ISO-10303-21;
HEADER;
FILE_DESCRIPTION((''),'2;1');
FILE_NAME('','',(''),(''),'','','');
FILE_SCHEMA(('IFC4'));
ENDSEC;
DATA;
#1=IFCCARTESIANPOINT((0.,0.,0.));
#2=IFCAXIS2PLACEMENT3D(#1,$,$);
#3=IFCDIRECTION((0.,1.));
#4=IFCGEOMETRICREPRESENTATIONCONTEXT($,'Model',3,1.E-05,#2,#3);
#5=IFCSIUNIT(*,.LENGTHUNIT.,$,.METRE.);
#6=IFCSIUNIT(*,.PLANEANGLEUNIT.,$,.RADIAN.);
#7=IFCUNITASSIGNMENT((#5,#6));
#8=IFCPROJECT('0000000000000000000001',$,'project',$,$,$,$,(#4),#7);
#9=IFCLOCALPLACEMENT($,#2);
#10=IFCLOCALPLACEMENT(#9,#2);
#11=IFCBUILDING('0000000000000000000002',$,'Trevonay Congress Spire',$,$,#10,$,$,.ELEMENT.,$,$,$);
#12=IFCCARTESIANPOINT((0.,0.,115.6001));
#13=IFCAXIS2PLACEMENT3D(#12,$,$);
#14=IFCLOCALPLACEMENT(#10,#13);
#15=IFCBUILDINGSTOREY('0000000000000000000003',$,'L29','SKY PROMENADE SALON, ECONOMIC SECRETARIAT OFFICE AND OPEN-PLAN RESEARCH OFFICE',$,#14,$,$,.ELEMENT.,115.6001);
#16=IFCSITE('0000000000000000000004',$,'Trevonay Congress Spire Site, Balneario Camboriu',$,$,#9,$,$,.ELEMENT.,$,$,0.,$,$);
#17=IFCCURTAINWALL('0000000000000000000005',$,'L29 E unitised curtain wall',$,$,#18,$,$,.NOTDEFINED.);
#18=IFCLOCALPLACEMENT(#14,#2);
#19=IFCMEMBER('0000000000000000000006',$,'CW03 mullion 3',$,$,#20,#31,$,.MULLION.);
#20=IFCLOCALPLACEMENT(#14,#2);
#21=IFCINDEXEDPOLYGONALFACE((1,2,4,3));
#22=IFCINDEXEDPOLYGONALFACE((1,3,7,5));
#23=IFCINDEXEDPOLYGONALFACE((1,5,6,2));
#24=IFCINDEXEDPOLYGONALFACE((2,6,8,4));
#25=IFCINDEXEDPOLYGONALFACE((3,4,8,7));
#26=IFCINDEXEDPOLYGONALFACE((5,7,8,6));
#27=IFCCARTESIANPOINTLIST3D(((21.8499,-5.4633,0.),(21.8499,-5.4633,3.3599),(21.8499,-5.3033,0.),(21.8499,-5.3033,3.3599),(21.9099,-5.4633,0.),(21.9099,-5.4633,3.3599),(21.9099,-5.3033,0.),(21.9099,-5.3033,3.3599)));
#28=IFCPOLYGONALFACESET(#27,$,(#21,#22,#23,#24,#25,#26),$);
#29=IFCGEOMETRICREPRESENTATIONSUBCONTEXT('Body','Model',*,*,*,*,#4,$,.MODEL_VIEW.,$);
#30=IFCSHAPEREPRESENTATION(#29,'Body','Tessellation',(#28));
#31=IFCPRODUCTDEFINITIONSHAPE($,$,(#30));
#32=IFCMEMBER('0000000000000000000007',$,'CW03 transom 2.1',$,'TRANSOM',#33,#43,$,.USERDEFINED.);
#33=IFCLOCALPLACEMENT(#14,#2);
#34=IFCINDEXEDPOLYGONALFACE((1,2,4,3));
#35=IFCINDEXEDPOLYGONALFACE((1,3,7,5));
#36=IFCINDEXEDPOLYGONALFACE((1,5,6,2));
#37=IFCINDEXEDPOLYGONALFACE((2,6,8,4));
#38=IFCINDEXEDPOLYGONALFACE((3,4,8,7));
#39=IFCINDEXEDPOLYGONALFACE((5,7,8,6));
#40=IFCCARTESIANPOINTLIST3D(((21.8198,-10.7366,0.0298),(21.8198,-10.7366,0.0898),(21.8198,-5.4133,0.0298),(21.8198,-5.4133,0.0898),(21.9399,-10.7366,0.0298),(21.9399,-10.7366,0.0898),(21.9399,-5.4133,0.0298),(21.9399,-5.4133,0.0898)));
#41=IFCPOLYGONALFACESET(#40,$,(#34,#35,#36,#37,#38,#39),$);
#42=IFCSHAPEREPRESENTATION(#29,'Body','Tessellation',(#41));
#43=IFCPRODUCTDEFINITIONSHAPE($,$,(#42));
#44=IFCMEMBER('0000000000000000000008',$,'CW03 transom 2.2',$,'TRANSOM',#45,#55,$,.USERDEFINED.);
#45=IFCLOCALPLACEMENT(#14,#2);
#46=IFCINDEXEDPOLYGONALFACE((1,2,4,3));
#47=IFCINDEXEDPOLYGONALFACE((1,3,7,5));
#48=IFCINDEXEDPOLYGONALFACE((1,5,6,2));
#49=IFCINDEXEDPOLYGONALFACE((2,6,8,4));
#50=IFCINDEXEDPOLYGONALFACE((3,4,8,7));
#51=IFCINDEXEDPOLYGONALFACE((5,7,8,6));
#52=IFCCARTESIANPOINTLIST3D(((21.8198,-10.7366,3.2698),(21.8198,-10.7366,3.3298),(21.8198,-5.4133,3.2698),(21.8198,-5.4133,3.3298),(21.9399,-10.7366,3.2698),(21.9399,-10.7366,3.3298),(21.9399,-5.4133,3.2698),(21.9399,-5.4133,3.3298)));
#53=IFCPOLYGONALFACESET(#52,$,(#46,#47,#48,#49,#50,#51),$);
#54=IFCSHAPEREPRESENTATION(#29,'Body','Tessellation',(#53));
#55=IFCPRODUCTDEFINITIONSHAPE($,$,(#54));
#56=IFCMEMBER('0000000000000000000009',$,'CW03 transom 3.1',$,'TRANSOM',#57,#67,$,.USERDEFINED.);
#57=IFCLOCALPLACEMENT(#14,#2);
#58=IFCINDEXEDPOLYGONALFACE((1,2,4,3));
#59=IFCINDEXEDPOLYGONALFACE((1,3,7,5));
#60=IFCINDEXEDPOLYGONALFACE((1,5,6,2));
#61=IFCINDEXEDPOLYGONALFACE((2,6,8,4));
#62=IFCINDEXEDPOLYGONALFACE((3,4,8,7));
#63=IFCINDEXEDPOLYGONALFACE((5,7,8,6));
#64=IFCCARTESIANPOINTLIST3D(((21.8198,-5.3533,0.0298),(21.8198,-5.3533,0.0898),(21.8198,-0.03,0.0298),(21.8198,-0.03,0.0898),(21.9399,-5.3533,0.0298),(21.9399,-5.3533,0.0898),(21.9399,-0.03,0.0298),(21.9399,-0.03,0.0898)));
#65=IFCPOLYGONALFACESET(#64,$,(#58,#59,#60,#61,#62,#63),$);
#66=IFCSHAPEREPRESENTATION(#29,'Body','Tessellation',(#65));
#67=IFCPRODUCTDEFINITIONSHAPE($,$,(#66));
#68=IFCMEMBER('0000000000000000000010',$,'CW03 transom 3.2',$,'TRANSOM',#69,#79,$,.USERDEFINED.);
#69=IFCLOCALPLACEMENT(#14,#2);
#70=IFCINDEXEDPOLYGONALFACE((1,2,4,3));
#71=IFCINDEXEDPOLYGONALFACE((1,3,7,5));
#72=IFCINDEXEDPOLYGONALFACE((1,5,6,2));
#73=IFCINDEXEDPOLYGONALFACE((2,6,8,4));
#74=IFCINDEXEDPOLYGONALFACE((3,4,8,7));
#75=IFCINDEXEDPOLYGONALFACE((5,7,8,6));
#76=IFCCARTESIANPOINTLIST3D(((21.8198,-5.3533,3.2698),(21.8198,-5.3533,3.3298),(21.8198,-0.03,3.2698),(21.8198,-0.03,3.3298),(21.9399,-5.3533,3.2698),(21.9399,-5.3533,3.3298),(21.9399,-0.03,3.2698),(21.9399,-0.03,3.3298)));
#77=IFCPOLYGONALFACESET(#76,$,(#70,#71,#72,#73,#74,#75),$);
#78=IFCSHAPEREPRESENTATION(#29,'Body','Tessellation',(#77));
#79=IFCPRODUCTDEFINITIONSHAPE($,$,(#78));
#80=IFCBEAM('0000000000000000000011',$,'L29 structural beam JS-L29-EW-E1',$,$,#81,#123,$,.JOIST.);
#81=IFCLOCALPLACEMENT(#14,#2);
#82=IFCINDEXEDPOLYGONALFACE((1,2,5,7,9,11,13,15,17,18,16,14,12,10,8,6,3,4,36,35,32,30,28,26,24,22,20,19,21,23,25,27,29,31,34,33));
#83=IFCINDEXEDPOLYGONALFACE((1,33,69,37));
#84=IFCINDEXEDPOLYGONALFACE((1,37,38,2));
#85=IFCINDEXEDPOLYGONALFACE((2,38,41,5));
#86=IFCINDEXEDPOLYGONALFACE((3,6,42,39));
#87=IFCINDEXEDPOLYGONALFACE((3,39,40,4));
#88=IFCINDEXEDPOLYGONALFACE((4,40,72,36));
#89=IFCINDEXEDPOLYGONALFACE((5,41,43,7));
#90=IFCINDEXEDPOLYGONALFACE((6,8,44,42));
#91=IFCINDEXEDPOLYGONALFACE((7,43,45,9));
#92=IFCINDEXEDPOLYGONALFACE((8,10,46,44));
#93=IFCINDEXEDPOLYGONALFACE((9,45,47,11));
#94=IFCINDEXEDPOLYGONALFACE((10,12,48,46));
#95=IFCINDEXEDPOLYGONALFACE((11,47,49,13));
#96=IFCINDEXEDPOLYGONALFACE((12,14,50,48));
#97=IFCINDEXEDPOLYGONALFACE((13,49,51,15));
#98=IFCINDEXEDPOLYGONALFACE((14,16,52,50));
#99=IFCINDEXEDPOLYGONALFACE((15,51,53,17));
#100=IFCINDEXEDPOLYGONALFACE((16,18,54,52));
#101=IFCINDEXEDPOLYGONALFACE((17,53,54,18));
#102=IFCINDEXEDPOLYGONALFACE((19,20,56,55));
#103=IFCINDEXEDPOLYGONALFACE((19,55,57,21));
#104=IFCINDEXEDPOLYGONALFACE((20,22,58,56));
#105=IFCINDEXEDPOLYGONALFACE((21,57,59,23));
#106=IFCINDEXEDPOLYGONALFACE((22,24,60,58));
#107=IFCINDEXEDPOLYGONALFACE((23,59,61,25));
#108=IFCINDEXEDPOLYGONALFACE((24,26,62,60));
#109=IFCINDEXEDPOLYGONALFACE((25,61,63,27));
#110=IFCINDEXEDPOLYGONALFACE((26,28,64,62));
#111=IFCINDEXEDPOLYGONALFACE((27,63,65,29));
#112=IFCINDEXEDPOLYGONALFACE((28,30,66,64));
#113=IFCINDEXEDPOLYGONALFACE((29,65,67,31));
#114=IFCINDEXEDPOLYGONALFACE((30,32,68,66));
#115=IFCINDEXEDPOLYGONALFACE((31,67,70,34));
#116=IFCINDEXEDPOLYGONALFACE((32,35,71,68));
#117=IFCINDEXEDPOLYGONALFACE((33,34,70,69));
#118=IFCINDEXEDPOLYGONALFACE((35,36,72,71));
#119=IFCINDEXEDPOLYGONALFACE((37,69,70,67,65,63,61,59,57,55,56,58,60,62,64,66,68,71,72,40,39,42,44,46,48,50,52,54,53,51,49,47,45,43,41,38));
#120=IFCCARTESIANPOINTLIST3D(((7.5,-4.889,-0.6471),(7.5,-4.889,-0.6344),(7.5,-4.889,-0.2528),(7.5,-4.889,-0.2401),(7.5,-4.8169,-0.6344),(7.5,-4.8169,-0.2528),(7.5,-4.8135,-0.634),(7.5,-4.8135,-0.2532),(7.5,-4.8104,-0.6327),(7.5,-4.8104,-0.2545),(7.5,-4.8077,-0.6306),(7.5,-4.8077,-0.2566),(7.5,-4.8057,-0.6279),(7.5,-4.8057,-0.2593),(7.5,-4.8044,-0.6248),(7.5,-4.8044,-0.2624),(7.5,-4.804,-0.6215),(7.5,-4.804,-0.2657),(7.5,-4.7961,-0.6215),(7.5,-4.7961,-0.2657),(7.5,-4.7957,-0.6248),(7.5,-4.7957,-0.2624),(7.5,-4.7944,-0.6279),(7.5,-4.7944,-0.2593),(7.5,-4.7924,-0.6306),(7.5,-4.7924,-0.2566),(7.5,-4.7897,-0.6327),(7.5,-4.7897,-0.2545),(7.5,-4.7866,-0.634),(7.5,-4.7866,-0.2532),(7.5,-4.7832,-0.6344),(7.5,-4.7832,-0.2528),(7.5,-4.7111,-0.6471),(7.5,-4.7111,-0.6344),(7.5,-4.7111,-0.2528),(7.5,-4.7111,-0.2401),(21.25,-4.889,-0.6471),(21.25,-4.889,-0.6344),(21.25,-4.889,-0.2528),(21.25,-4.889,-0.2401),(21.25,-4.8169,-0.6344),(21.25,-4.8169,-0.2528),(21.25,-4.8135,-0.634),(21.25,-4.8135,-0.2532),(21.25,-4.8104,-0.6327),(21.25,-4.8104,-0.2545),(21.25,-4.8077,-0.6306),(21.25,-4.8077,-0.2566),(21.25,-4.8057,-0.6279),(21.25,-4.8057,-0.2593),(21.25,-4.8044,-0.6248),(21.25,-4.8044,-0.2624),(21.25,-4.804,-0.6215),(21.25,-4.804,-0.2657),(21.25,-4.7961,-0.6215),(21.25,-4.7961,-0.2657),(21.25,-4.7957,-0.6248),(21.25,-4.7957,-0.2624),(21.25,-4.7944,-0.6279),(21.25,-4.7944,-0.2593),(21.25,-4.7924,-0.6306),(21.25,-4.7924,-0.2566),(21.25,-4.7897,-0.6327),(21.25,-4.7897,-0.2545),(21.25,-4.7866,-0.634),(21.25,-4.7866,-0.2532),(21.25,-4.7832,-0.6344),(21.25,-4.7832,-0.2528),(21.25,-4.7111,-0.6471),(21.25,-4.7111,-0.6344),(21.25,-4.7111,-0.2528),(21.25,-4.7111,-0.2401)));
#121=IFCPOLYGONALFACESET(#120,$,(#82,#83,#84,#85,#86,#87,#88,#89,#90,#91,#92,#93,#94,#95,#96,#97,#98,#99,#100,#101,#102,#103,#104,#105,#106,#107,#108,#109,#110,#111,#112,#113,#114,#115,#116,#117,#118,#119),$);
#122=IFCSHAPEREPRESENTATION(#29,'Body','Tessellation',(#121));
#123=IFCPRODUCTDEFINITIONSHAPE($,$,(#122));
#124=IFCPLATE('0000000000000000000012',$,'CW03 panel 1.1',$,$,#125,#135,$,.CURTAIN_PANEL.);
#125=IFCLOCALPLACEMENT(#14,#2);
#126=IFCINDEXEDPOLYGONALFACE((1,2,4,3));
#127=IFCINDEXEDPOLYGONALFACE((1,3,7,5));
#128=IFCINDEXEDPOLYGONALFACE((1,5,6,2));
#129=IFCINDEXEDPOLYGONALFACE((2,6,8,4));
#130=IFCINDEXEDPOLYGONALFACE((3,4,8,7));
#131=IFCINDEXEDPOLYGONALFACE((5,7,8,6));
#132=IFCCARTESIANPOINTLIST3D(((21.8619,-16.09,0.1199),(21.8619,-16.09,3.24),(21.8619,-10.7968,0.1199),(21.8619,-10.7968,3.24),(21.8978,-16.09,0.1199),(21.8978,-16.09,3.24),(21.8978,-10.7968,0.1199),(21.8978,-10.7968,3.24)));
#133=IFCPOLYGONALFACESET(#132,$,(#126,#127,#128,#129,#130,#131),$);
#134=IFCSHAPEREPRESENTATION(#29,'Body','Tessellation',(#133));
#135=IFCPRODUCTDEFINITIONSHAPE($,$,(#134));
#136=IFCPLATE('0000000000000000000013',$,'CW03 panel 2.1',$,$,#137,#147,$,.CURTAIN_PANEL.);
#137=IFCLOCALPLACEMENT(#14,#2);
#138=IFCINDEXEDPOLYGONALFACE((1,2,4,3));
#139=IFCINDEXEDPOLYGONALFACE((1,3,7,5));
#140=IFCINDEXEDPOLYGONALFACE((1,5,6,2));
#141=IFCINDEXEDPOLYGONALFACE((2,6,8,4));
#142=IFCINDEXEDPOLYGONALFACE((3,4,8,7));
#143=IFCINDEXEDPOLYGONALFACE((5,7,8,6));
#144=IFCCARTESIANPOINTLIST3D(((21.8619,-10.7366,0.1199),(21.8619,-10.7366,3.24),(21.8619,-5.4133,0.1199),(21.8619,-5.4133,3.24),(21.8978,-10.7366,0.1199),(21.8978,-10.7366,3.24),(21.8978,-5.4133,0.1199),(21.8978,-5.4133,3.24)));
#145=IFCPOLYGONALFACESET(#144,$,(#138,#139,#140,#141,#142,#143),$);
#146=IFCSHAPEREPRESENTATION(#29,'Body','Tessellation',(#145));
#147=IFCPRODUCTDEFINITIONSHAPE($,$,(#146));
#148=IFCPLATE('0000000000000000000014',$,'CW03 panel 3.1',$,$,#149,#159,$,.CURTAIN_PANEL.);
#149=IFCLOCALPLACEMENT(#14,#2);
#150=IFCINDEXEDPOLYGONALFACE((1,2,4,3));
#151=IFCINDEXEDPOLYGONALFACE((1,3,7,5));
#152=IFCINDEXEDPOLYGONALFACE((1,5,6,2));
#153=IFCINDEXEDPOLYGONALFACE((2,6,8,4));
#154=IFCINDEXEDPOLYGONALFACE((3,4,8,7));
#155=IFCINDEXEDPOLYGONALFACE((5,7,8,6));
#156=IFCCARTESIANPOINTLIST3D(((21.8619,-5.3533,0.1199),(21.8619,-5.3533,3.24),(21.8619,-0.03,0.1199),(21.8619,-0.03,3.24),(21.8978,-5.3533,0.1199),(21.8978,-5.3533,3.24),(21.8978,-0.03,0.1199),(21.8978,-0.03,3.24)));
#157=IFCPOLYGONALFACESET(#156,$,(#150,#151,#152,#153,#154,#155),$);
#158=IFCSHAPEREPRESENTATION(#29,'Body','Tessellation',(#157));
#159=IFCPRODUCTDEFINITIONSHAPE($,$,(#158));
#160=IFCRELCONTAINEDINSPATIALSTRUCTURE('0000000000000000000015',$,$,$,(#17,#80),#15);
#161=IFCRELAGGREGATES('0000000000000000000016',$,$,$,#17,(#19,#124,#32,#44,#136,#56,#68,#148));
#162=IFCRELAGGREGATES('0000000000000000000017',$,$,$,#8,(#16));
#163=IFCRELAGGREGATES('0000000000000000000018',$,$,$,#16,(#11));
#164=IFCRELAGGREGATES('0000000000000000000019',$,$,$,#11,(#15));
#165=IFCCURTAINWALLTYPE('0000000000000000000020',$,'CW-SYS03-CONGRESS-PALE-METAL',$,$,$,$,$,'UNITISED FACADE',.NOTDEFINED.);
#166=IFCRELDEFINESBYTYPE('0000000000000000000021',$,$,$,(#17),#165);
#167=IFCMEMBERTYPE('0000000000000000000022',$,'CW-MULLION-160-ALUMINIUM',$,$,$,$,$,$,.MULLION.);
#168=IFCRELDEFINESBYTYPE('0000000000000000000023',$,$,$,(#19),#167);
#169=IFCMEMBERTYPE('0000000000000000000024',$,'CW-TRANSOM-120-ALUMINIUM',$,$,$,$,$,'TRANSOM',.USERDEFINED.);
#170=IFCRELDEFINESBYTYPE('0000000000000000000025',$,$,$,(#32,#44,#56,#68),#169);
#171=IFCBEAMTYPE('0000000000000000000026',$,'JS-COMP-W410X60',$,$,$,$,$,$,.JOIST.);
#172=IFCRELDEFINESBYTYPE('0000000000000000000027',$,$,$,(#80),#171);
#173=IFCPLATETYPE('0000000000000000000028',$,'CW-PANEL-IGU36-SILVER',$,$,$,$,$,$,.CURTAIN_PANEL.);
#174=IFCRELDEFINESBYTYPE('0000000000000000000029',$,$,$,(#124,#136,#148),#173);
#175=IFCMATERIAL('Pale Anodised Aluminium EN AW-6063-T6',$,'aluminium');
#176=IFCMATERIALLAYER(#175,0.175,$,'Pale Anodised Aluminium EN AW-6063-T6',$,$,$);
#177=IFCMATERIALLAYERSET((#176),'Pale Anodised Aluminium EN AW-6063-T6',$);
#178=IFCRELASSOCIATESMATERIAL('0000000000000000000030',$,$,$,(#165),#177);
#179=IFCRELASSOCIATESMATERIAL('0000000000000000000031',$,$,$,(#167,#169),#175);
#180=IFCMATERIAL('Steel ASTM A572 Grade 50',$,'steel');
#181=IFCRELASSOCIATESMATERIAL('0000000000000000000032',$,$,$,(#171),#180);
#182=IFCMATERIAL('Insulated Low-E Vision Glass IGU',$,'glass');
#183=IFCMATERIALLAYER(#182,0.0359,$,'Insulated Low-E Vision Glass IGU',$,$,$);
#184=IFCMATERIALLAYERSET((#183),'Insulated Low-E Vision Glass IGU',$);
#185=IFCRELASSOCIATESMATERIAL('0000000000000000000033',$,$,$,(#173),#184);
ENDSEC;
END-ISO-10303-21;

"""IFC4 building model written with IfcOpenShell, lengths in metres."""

from ifc_helpers import new_model, si_unit, direction, frame, origin, origin_2d, place, context, subcontext, project, spatial, rectangle, i_section, extrude, material, layer, layer_set, material_profile, profile_set, type_object, element, aggregate, save


model = new_model("IFC4")

# Units and contexts
model_context = context("Model", 3, precision=1e-05, world=origin(), true_north=direction((0.0, 1.0)))
body_context = subcontext(model_context, "Body", "Model", "MODEL_VIEW")
ifc_project = project(units=[si_unit("LENGTHUNIT", "METRE"), si_unit("PLANEANGLEUNIT", "RADIAN")], contexts=[model_context])

# Site, building, storey
site_placement = place(None, origin())
site = spatial("IfcSite", under=ifc_project, at=site_placement, Name="Trevonay Congress Spire Site, Balneario Camboriu", CompositionType="ELEMENT", RefElevation=0.0)
building_placement = place(site_placement, origin())
building = spatial("IfcBuilding", under=site, at=building_placement, Name="Trevonay Congress Spire", CompositionType="ELEMENT")
storey_placement = place(building_placement, frame((0.0, 0.0, 115.6001)))
storey = spatial("IfcBuildingStorey", under=building, at=storey_placement, Name="L29", Description="SKY PROMENADE SALON, ECONOMIC SECRETARIAT OFFICE AND OPEN-PLAN RESEARCH OFFICE", CompositionType="ELEMENT", Elevation=115.6001)

# Shared definitions
ifc_material_1 = material(Name="Steel ASTM A572 Grade 50", Category="steel")

# Curtain wall, members
ifc_material_2 = material(Name="Pale Anodised Aluminium EN AW-6063-T6", Category="aluminium")
ifc_layer_1 = layer(ifc_material_2, 0.175, Name="Pale Anodised Aluminium EN AW-6063-T6")
ifc_layer_set_1 = layer_set([ifc_layer_1], Name="Pale Anodised Aluminium EN AW-6063-T6")
curtain_wall_type = type_object("IfcCurtainWallType", Name="CW-SYS03-CONGRESS-PALE-METAL", ElementType="UNITISED FACADE", PredefinedType="NOTDEFINED", material=ifc_layer_set_1)
curtain_wall_placement = place(storey_placement, origin())
curtain_wall = element("IfcCurtainWall", 1, at=curtain_wall_placement, inside=storey, type_object=curtain_wall_type, Name="L29 E unitised curtain wall", PredefinedType="NOTDEFINED")
ifc_material_profile_1 = material_profile(ifc_material_2, rectangle(XDim=0.0601, YDim=0.1599, at=origin_2d()), Name="CW-MULLION-160-ALUMINIUM")
ifc_profile_set_1 = profile_set([ifc_material_profile_1], Name="Pale Anodised Aluminium EN AW-6063-T6")
member_type_1 = type_object("IfcMemberType", Name="CW-MULLION-160-ALUMINIUM", PredefinedType="MULLION", material=ifc_profile_set_1)
member_1_placement = place(storey_placement, frame((21.8799, -5.3833, 0.0), z_axis=(0.0, 0.0, 1.0), x_axis=(-1.0, 0.0, 0.0)))
member_1 = element("IfcMember", 2, at=member_1_placement, type_object=member_type_1, Name="CW03 mullion 3", PredefinedType="MULLION", context=body_context, shape_type="SweptSolid", body=[
    extrude(rectangle(XDim=0.0601, YDim=0.1599, at=origin_2d()), origin(), (0.0, 0.0, 1.0), 3.3599),
])
ifc_material_profile_2 = material_profile(ifc_material_2, rectangle(XDim=0.1201, YDim=0.0601, at=origin_2d()), Name="CW-TRANSOM-120-ALUMINIUM")
ifc_profile_set_2 = profile_set([ifc_material_profile_2], Name="Pale Anodised Aluminium EN AW-6063-T6")
member_type_2 = type_object("IfcMemberType", Name="CW-TRANSOM-120-ALUMINIUM", ElementType="TRANSOM", PredefinedType="USERDEFINED", material=ifc_profile_set_2)
member_2_placement = place(storey_placement, frame((21.8799, -10.7366, 0.0598), z_axis=(0.0, 1.0, 0.0), x_axis=(-1.0, 0.0, 0.0)))
member_2 = element("IfcMember", 3, at=member_2_placement, type_object=member_type_2, Name="CW03 transom 2.1", ObjectType="TRANSOM", PredefinedType="USERDEFINED", context=body_context, shape_type="SweptSolid", body=[
    extrude(rectangle(XDim=0.1201, YDim=0.0601, at=origin_2d()), origin(), (0.0, 0.0, 1.0), 5.3232),
])
member_3_placement = place(storey_placement, frame((21.8799, -10.7366, 3.2998), z_axis=(0.0, 1.0, 0.0), x_axis=(-1.0, 0.0, 0.0)))
member_3 = element("IfcMember", 4, at=member_3_placement, type_object=member_type_2, Name="CW03 transom 2.2", ObjectType="TRANSOM", PredefinedType="USERDEFINED", context=body_context, shape_type="SweptSolid", body=[
    extrude(rectangle(XDim=0.1201, YDim=0.0601, at=origin_2d()), origin(), (0.0, 0.0, 1.0), 5.3232),
])
member_4_placement = place(storey_placement, frame((21.8799, -5.3533, 0.0598), z_axis=(0.0, 1.0, 0.0), x_axis=(-1.0, 0.0, 0.0)))
member_4 = element("IfcMember", 5, at=member_4_placement, type_object=member_type_2, Name="CW03 transom 3.1", ObjectType="TRANSOM", PredefinedType="USERDEFINED", context=body_context, shape_type="SweptSolid", body=[
    extrude(rectangle(XDim=0.1201, YDim=0.0601, at=origin_2d()), origin(), (0.0, 0.0, 1.0), 5.3232),
])
member_5_placement = place(storey_placement, frame((21.8799, -5.3533, 3.2998), z_axis=(0.0, 1.0, 0.0), x_axis=(-1.0, 0.0, 0.0)))
member_5 = element("IfcMember", 6, at=member_5_placement, type_object=member_type_2, Name="CW03 transom 3.2", ObjectType="TRANSOM", PredefinedType="USERDEFINED", context=body_context, shape_type="SweptSolid", body=[
    extrude(rectangle(XDim=0.1201, YDim=0.0601, at=origin_2d()), origin(), (0.0, 0.0, 1.0), 5.3232),
])

# Beam
ifc_material_profile_3 = material_profile(ifc_material_1, i_section(OverallWidth=0.178, OverallDepth=0.407, WebThickness=0.0078, FlangeThickness=0.0127, FilletRadius=0.0129, at=origin_2d()), Name="W410x60")
ifc_profile_set_3 = profile_set([ifc_material_profile_3], Name="Steel ASTM A572 Grade 50")
beam_type_1 = type_object("IfcBeamType", Name="JS-COMP-W410X60", PredefinedType="JOIST", material=ifc_profile_set_3)
beam_1_placement = place(storey_placement, frame((7.5, -4.8, -0.4436), z_axis=(1.0, 0.0, 0.0), x_axis=(0.0, 1.0, 0.0)))
element("IfcBeam", 7, at=beam_1_placement, inside=storey, type_object=beam_type_1, Name="L29 structural beam JS-L29-EW-E1", PredefinedType="JOIST", context=body_context, shape_type="SweptSolid", body=[
    extrude(i_section(OverallWidth=0.178, OverallDepth=0.407, WebThickness=0.0078, FlangeThickness=0.0127, FilletRadius=0.0129, at=origin_2d()), origin(), (0.0, 0.0, 1.0), 13.75),
])

# Plates
ifc_material_3 = material(Name="Insulated Low-E Vision Glass IGU", Category="glass")
ifc_layer_2 = layer(ifc_material_3, 0.0359, Name="Insulated Low-E Vision Glass IGU")
ifc_layer_set_2 = layer_set([ifc_layer_2], Name="Insulated Low-E Vision Glass IGU")
plate_type = type_object("IfcPlateType", Name="CW-PANEL-IGU36-SILVER", PredefinedType="CURTAIN_PANEL", material=ifc_layer_set_2)
plate_1_placement = place(storey_placement, frame((21.8799, -13.4434, 0.1199), z_axis=(0.0, 0.0, 1.0), x_axis=(0.0, 1.0, 0.0)))
plate_1 = element("IfcPlate", 8, at=plate_1_placement, type_object=plate_type, Name="CW03 panel 1.1", PredefinedType="CURTAIN_PANEL", context=body_context, shape_type="SweptSolid", body=[
    extrude(rectangle(XDim=5.2932, YDim=0.0359, at=origin_2d()), origin(), (0.0, 0.0, 1.0), 3.1201),
])
plate_2_placement = place(storey_placement, frame((21.8799, -8.075, 0.1199), z_axis=(0.0, 0.0, 1.0), x_axis=(0.0, 1.0, 0.0)))
plate_2 = element("IfcPlate", 9, at=plate_2_placement, type_object=plate_type, Name="CW03 panel 2.1", PredefinedType="CURTAIN_PANEL", context=body_context, shape_type="SweptSolid", body=[
    extrude(rectangle(XDim=5.3232, YDim=0.0359, at=origin_2d()), origin(), (0.0, 0.0, 1.0), 3.1201),
])
plate_3_placement = place(storey_placement, frame((21.8799, -2.6917, 0.1199), z_axis=(0.0, 0.0, 1.0), x_axis=(0.0, 1.0, 0.0)))
plate_3 = element("IfcPlate", 10, at=plate_3_placement, type_object=plate_type, Name="CW03 panel 3.1", PredefinedType="CURTAIN_PANEL", context=body_context, shape_type="SweptSolid", body=[
    extrude(rectangle(XDim=5.3232, YDim=0.0359, at=origin_2d()), origin(), (0.0, 0.0, 1.0), 3.1201),
])
aggregate(curtain_wall, [member_1, plate_1, member_2, member_3, plate_2, member_4, member_5, plate_3])

save(model, "model.ifc")
